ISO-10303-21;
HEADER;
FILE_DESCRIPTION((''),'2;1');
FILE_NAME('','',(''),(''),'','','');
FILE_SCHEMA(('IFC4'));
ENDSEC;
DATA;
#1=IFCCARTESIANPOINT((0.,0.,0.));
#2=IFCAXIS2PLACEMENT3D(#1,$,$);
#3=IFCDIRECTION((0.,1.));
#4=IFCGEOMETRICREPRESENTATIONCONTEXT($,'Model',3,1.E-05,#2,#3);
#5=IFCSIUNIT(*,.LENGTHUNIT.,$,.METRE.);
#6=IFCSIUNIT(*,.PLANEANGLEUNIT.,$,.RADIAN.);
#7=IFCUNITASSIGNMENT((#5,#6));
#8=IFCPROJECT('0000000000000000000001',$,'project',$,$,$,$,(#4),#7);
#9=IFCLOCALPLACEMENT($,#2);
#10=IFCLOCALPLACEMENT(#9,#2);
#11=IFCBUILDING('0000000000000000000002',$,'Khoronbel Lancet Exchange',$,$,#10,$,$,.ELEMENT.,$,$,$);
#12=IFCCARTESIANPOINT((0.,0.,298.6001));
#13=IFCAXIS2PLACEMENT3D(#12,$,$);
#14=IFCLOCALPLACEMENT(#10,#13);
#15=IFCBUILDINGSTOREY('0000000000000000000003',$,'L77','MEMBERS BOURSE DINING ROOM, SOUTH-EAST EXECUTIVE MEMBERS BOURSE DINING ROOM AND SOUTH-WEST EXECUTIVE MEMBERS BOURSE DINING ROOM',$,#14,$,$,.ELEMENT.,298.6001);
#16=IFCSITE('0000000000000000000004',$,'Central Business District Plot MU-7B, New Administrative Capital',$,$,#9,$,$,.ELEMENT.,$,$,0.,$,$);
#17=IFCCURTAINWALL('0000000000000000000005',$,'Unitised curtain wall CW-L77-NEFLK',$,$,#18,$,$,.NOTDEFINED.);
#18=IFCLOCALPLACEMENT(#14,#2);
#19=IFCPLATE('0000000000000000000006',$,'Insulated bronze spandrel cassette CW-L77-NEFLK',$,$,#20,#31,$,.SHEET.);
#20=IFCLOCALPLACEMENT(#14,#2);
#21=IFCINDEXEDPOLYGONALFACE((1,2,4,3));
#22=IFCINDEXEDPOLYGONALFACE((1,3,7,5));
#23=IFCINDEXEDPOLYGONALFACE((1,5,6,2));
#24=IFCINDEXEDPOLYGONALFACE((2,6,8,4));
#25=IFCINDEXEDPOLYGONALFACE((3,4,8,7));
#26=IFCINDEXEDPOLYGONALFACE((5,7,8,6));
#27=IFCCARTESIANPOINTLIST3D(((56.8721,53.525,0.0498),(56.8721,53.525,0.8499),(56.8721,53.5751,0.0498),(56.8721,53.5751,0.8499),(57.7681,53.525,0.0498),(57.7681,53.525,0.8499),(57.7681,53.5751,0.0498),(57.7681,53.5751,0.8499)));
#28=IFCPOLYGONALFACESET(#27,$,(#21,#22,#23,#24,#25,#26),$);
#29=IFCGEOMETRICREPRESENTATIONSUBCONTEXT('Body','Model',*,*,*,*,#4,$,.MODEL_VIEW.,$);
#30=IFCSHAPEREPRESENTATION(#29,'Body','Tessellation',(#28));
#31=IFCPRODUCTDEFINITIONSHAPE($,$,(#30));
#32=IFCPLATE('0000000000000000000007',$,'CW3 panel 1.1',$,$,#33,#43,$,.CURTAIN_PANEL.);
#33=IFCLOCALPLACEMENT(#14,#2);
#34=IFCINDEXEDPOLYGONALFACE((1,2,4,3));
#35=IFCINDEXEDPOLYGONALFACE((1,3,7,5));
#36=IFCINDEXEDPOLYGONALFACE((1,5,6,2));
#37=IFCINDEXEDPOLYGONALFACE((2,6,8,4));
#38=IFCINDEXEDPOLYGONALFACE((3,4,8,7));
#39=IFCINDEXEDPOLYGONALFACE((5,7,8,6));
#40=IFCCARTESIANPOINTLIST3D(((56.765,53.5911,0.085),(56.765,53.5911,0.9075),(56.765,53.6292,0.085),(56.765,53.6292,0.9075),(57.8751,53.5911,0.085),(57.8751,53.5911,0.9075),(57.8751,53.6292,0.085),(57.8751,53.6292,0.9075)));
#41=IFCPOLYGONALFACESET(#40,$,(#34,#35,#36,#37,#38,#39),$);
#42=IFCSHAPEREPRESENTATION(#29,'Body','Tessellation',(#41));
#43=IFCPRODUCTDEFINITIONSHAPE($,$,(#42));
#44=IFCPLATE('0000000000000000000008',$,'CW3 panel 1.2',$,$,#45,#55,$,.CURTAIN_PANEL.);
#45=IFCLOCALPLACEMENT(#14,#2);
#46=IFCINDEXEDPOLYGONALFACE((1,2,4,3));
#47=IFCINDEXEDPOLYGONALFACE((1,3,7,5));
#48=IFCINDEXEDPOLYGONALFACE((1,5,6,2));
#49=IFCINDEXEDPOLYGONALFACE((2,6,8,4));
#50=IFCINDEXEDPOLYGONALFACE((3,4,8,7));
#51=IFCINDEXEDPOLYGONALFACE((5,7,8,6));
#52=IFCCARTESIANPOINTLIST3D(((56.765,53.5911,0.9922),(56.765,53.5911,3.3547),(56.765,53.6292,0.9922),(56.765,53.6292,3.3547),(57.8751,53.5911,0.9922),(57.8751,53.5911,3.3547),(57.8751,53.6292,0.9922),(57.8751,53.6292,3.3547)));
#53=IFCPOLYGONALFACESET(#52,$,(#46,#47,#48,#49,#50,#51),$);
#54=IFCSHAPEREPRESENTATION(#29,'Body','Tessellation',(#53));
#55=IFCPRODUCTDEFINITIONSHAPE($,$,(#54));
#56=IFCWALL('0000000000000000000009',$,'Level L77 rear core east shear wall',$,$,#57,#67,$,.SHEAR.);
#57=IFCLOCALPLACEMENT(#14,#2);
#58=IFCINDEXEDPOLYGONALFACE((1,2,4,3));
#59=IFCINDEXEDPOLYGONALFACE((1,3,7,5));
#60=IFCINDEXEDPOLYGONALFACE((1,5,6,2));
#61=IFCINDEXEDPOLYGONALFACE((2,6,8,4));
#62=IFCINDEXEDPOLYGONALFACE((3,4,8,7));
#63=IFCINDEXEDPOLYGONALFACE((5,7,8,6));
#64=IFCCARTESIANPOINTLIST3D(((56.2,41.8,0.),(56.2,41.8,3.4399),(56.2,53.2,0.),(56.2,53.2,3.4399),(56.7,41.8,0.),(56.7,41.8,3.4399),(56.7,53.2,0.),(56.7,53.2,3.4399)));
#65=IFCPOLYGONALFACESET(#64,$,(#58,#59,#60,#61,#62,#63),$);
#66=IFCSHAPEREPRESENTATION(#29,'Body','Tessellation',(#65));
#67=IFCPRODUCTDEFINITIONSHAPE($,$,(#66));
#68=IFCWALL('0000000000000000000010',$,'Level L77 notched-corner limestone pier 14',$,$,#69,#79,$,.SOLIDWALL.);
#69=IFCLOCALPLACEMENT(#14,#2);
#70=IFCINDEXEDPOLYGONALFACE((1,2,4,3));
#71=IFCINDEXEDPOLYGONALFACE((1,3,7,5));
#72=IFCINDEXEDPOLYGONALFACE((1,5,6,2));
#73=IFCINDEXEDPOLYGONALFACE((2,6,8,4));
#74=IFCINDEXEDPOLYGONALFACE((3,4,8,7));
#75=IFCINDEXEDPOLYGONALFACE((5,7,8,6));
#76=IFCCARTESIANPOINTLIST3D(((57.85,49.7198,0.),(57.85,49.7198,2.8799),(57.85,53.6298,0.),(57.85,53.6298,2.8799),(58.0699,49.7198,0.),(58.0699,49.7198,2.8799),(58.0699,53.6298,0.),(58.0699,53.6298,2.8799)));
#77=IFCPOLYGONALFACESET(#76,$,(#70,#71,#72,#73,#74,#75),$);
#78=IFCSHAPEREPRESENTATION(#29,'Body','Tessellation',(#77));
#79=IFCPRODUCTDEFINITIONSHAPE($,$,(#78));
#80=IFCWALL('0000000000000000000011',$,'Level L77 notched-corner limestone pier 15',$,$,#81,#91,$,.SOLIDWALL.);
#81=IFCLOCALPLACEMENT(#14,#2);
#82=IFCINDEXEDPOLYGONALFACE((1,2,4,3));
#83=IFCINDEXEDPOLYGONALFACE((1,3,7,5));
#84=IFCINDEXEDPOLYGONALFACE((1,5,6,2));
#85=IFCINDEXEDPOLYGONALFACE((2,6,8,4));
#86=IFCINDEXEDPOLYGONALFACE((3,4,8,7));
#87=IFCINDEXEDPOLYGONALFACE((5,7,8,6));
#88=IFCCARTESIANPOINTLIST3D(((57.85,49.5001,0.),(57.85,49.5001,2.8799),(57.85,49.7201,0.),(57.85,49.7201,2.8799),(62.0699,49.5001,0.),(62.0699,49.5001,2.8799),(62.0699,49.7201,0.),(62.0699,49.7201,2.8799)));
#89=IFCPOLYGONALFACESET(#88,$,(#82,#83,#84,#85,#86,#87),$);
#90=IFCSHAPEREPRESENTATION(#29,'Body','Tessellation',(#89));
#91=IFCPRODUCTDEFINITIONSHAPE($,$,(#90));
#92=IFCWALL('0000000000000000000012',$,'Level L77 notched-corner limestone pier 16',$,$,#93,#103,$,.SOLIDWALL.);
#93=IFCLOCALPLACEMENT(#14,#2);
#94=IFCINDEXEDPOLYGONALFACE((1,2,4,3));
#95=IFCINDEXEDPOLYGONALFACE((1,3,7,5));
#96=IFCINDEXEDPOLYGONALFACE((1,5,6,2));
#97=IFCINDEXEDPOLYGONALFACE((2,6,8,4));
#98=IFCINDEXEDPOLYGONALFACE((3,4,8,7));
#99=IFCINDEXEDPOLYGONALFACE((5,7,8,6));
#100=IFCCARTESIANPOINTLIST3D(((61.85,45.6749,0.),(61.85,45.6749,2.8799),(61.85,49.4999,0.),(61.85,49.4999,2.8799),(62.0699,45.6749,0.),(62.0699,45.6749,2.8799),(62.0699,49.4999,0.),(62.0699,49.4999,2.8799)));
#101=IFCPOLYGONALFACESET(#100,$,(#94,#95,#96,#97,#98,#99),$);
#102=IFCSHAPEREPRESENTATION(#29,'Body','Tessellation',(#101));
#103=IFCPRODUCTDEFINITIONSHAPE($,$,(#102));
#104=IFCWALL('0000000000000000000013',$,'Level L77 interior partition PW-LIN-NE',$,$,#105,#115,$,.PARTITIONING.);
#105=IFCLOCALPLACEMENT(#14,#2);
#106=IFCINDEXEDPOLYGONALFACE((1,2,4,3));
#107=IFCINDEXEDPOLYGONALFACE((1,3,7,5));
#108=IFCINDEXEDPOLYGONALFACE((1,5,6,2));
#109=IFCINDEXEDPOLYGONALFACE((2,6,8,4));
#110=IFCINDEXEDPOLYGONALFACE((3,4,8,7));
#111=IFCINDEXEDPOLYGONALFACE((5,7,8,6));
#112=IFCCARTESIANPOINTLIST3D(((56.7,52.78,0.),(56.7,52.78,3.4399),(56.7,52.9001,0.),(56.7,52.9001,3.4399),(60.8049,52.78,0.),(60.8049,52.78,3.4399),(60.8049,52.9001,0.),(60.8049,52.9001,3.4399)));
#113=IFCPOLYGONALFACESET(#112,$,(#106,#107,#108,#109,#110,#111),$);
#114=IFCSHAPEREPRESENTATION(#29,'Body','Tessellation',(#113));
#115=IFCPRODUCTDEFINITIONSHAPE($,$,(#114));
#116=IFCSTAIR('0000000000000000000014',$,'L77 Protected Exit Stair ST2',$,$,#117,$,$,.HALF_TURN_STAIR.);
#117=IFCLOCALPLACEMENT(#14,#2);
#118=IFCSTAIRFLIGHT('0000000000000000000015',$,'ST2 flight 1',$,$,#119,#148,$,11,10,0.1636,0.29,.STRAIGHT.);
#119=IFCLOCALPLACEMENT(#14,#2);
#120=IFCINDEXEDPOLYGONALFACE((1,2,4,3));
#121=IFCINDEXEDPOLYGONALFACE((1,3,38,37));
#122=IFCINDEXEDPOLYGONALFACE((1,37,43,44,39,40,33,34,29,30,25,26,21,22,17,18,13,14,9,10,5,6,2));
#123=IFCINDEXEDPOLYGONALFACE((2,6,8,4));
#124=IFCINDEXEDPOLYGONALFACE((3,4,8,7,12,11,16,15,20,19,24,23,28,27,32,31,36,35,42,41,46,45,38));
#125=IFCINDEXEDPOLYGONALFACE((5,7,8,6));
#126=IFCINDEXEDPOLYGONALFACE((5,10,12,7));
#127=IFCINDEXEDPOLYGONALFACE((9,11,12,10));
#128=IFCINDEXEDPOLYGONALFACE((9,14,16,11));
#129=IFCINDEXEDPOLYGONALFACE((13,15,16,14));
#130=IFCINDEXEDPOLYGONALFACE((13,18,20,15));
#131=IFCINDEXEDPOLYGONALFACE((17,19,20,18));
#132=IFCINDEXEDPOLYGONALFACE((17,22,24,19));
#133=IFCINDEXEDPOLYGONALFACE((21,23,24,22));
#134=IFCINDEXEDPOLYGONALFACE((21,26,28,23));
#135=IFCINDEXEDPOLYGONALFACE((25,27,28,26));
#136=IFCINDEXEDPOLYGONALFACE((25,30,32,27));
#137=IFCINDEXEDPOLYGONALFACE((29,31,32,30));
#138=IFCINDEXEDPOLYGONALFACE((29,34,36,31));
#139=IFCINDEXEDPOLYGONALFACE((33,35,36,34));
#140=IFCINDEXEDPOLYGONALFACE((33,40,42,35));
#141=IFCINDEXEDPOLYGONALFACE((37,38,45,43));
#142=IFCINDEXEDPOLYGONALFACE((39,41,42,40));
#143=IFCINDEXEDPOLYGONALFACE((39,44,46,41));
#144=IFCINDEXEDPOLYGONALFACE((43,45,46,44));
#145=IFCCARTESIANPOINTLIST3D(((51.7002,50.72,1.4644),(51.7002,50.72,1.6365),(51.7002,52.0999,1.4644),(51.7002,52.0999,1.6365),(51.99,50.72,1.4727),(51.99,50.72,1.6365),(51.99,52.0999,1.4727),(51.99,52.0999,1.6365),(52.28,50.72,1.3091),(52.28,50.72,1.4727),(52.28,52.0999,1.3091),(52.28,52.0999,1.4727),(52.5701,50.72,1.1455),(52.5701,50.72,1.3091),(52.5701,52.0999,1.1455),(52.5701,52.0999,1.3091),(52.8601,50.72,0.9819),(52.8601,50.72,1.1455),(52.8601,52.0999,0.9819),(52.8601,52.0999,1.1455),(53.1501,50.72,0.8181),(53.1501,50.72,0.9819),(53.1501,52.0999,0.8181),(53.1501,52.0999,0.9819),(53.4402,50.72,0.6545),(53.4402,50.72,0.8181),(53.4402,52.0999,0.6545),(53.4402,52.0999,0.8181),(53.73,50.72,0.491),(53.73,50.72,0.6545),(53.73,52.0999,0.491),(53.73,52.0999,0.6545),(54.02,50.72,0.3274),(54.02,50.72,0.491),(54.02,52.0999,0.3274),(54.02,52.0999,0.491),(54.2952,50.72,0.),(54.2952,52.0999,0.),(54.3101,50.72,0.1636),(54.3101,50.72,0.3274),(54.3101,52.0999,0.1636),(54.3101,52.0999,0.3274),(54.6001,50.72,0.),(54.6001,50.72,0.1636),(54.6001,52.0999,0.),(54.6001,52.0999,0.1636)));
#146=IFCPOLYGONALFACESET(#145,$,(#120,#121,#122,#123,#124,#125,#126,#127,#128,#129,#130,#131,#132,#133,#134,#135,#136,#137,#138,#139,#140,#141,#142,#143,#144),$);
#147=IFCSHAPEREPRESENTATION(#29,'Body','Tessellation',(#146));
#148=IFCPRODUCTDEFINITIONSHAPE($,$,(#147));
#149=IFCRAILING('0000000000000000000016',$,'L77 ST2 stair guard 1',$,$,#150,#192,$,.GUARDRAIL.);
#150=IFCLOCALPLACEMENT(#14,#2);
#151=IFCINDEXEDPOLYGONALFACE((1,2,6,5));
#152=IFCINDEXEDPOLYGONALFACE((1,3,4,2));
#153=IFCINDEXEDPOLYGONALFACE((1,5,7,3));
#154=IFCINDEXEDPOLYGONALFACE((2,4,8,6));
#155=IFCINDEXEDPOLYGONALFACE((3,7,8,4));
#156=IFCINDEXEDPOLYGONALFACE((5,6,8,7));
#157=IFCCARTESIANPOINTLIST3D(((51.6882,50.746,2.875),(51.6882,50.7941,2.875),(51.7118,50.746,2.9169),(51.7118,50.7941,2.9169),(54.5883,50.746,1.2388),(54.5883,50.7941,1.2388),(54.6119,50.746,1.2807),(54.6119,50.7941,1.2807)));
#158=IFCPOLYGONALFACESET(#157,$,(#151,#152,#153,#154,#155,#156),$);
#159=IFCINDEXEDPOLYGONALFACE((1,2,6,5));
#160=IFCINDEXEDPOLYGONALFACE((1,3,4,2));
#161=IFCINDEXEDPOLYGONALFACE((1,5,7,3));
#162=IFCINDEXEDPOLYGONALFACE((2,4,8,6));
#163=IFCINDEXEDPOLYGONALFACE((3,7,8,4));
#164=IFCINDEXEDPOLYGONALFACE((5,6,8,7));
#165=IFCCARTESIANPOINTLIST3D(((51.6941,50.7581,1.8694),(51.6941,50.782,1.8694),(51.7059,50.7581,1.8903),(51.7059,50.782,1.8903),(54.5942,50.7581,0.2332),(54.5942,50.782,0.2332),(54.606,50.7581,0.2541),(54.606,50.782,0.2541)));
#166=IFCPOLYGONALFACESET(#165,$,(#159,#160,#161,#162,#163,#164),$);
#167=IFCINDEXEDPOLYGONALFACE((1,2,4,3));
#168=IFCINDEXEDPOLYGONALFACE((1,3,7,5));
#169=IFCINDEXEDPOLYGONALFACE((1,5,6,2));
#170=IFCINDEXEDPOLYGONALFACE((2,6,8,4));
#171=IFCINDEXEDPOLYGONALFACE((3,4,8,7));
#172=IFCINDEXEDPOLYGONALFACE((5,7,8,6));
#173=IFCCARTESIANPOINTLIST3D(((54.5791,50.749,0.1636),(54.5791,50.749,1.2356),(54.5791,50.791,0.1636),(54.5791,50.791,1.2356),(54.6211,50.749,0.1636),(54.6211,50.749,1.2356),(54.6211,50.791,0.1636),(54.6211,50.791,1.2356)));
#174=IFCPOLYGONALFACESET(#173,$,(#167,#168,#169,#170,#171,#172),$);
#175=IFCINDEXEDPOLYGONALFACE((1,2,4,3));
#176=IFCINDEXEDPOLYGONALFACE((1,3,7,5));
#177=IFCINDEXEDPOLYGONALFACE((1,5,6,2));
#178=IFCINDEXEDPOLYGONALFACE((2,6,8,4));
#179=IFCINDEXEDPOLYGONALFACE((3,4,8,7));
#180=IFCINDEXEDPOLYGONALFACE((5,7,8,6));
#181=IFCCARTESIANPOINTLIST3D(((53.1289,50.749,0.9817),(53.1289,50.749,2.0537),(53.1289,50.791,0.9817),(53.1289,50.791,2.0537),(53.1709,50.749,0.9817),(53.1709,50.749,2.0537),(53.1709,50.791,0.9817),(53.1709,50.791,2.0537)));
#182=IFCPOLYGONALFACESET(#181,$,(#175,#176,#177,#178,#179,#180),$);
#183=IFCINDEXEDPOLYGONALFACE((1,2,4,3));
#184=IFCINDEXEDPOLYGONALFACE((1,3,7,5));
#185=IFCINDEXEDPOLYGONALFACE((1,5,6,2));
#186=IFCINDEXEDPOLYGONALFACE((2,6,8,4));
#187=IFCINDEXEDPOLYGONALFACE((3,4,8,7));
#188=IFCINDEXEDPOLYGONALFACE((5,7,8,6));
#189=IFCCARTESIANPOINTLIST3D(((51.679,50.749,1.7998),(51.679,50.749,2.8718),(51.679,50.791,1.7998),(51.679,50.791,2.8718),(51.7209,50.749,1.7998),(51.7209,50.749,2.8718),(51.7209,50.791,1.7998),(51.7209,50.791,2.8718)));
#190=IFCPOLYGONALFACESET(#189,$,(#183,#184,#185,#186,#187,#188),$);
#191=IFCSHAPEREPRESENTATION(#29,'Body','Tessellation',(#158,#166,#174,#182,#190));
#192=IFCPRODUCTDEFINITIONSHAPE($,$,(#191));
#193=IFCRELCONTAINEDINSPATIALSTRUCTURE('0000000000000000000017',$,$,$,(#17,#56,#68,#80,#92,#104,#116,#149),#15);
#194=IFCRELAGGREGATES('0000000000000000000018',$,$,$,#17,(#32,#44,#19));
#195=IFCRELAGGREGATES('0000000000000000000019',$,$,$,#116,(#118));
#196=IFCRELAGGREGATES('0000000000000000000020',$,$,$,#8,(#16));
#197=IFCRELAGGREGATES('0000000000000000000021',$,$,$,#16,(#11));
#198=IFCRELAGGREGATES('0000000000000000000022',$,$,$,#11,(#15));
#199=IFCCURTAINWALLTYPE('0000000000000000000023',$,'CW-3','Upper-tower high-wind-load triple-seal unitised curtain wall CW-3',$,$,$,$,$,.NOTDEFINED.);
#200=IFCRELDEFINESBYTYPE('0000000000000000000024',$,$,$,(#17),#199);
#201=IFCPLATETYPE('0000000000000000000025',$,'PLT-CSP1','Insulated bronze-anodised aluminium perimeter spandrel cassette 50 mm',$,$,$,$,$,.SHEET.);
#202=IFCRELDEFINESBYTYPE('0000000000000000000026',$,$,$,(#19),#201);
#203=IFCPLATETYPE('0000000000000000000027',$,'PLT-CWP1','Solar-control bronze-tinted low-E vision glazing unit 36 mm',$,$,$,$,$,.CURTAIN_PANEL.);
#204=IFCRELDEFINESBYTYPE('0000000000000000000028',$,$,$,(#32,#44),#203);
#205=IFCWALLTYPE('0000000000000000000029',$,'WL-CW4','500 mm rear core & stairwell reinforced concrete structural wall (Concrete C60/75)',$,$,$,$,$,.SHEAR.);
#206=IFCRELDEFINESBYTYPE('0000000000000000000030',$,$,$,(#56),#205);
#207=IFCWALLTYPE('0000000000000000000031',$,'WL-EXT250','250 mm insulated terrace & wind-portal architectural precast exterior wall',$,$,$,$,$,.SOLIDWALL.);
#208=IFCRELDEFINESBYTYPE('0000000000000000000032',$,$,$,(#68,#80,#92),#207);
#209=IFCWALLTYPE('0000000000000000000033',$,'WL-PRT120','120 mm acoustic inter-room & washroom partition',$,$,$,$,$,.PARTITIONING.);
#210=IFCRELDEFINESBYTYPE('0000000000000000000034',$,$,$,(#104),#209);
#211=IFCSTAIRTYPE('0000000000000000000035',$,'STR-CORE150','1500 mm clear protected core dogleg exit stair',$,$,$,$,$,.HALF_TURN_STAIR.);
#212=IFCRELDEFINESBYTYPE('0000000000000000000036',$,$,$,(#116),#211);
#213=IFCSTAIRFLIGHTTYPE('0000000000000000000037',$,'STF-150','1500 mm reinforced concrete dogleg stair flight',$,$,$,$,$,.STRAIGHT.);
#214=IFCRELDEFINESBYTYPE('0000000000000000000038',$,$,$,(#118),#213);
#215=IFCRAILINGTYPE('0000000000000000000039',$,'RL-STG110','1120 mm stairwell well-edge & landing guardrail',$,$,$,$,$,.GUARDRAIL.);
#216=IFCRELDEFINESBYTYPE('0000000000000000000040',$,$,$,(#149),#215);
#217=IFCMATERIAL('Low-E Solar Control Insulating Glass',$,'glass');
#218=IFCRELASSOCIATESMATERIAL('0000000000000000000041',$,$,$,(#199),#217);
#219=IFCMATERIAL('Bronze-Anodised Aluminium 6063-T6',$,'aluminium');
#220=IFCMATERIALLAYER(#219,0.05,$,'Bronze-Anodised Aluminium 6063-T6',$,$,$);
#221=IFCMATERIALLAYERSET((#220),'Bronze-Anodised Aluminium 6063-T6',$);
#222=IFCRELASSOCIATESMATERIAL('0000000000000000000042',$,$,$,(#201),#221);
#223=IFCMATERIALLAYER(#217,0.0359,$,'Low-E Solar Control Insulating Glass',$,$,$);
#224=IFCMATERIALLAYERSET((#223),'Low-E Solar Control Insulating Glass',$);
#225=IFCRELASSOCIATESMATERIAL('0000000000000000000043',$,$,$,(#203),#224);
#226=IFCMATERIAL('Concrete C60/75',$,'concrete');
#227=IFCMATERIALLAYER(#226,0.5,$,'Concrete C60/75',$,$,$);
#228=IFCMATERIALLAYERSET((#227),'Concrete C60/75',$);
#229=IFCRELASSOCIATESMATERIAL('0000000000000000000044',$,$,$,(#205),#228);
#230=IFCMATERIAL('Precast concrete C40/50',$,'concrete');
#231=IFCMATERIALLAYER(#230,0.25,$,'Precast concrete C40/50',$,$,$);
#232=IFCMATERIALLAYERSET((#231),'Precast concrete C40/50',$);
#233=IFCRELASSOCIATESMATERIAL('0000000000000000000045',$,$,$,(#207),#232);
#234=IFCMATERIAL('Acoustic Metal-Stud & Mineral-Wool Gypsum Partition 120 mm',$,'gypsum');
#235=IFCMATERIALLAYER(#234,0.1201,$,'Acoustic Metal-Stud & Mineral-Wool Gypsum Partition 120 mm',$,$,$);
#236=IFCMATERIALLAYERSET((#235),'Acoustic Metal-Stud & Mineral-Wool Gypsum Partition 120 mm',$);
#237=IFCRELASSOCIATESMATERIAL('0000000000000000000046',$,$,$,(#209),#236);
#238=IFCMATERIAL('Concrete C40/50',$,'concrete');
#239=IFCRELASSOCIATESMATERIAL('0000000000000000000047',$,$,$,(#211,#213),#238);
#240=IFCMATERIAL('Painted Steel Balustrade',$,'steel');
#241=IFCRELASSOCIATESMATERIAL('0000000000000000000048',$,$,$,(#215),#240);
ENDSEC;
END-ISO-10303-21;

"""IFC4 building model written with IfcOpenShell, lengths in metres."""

from ifc_helpers import new_model, si_unit, direction, frame, frame_2d, origin, origin_2d, place, context, subcontext, project, spatial, polyline, rectangle, outline, extrude, material, layer, layer_set, type_object, element, aggregate, save


model = new_model("IFC4")

# Units and contexts
model_context = context("Model", 3, precision=1e-05, world=origin(), true_north=direction((0.0, 1.0)))
body_context = subcontext(model_context, "Body", "Model", "MODEL_VIEW")
ifc_project = project(units=[si_unit("LENGTHUNIT", "METRE"), si_unit("PLANEANGLEUNIT", "RADIAN")], contexts=[model_context])

# Site, building, storey
site_placement = place(None, origin())
site = spatial("IfcSite", under=ifc_project, at=site_placement, Name="Central Business District Plot MU-7B, New Administrative Capital", CompositionType="ELEMENT", RefElevation=0.0)
building_placement = place(site_placement, origin())
building = spatial("IfcBuilding", under=site, at=building_placement, Name="Khoronbel Lancet Exchange", CompositionType="ELEMENT")
storey_placement = place(building_placement, frame((0.0, 0.0, 298.6001)))
storey = spatial("IfcBuildingStorey", under=building, at=storey_placement, Name="L77", Description="MEMBERS BOURSE DINING ROOM, SOUTH-EAST EXECUTIVE MEMBERS BOURSE DINING ROOM AND SOUTH-WEST EXECUTIVE MEMBERS BOURSE DINING ROOM", CompositionType="ELEMENT", Elevation=298.6001)

# Curtain wall, plates
ifc_material_1 = material(Name="Low-E Solar Control Insulating Glass", Category="glass")
curtain_wall_type = type_object("IfcCurtainWallType", Name="CW-3", Description="Upper-tower high-wind-load triple-seal unitised curtain wall CW-3", PredefinedType="NOTDEFINED", material=ifc_material_1)
curtain_wall_placement = place(storey_placement, origin())
curtain_wall = element("IfcCurtainWall", 1, at=curtain_wall_placement, inside=storey, type_object=curtain_wall_type, Name="Unitised curtain wall CW-L77-NEFLK", PredefinedType="NOTDEFINED")
ifc_material_2 = material(Name="Bronze-Anodised Aluminium 6063-T6", Category="aluminium")
ifc_layer_1 = layer(ifc_material_2, 0.05, Name="Bronze-Anodised Aluminium 6063-T6")
ifc_layer_set_1 = layer_set([ifc_layer_1], Name="Bronze-Anodised Aluminium 6063-T6")
plate_type_1 = type_object("IfcPlateType", Name="PLT-CSP1", Description="Insulated bronze-anodised aluminium perimeter spandrel cassette 50 mm", PredefinedType="SHEET", material=ifc_layer_set_1)
plate_1_placement = place(storey_placement, frame((57.3201, 53.55, 0.0498), z_axis=(0.0, 0.0, 1.0), x_axis=(-1.0, 0.0, 0.0)))
plate_1 = element("IfcPlate", 2, at=plate_1_placement, type_object=plate_type_1, Name="Insulated bronze spandrel cassette CW-L77-NEFLK", PredefinedType="SHEET", context=body_context, shape_type="SweptSolid", body=[
    extrude(rectangle(XDim=0.896, YDim=0.05, at=origin_2d()), origin(), (0.0, 0.0, 1.0), 0.8),
])
ifc_layer_2 = layer(ifc_material_1, 0.0359, Name="Low-E Solar Control Insulating Glass")
ifc_layer_set_2 = layer_set([ifc_layer_2], Name="Low-E Solar Control Insulating Glass")
plate_type_2 = type_object("IfcPlateType", Name="PLT-CWP1", Description="Solar-control bronze-tinted low-E vision glazing unit 36 mm", PredefinedType="CURTAIN_PANEL", material=ifc_layer_set_2)
plate_2_placement = place(storey_placement, frame((57.3201, 53.6101, 0.085), z_axis=(0.0, 0.0, 1.0), x_axis=(-1.0, 0.0, 0.0)))
plate_2 = element("IfcPlate", 3, at=plate_2_placement, type_object=plate_type_2, Name="CW3 panel 1.1", PredefinedType="CURTAIN_PANEL", context=body_context, shape_type="SweptSolid", body=[
    extrude(rectangle(XDim=1.1101, YDim=0.0381, at=origin_2d()), origin(), (0.0, 0.0, 1.0), 0.8225),
])
plate_3_placement = place(storey_placement, frame((57.3201, 53.6101, 0.9922), z_axis=(0.0, 0.0, 1.0), x_axis=(-1.0, 0.0, 0.0)))
plate_3 = element("IfcPlate", 4, at=plate_3_placement, type_object=plate_type_2, Name="CW3 panel 1.2", PredefinedType="CURTAIN_PANEL", context=body_context, shape_type="SweptSolid", body=[
    extrude(rectangle(XDim=1.1101, YDim=0.0381, at=origin_2d()), origin(), (0.0, 0.0, 1.0), 2.3625),
])
aggregate(curtain_wall, [plate_2, plate_3, plate_1])

# Walls
ifc_material_3 = material(Name="Concrete C60/75", Category="concrete")
ifc_layer_3 = layer(ifc_material_3, 0.5, Name="Concrete C60/75")
ifc_layer_set_3 = layer_set([ifc_layer_3], Name="Concrete C60/75")
wall_type_1 = type_object("IfcWallType", Name="WL-CW4", Description="500 mm rear core & stairwell reinforced concrete structural wall (Concrete C60/75)", PredefinedType="SHEAR", material=ifc_layer_set_3)
wall_1_placement = place(storey_placement, frame((56.45, 53.2, 0.0), z_axis=(0.0, 0.0, 1.0), x_axis=(0.0, -1.0, 0.0)))
element("IfcWall", 5, at=wall_1_placement, inside=storey, type_object=wall_type_1, Name="Level L77 rear core east shear wall", PredefinedType="SHEAR", context=body_context, shape_type="SweptSolid", body=[
    extrude(rectangle(XDim=11.3999, YDim=0.5, at=frame_2d((5.7, 0.0))), origin(), (0.0, 0.0, 1.0), 3.4399),
])
ifc_material_4 = material(Name="Precast concrete C40/50", Category="concrete")
ifc_layer_4 = layer(ifc_material_4, 0.25, Name="Precast concrete C40/50")
ifc_layer_set_4 = layer_set([ifc_layer_4], Name="Precast concrete C40/50")
wall_type_2 = type_object("IfcWallType", Name="WL-EXT250", Description="250 mm insulated terrace & wind-portal architectural precast exterior wall", PredefinedType="SOLIDWALL", material=ifc_layer_set_4)
wall_2_placement = place(storey_placement, frame((57.96, 53.6299, 0.0), z_axis=(0.0, 0.0, 1.0), x_axis=(0.0, -1.0, 0.0)))
element("IfcWall", 6, at=wall_2_placement, inside=storey, type_object=wall_type_2, Name="Level L77 notched-corner limestone pier 14", PredefinedType="SOLIDWALL", context=body_context, shape_type="SweptSolid", body=[
    extrude(rectangle(XDim=3.9099, YDim=0.22, at=frame_2d((1.9551, 0.0))), origin(), (0.0, 0.0, 1.0), 2.8799),
])
wall_3_placement = place(storey_placement, frame((57.8501, 49.6101, 0.0), z_axis=(0.0, 0.0, 1.0), x_axis=(1.0, 0.0, 0.0)))
element("IfcWall", 7, at=wall_3_placement, inside=storey, type_object=wall_type_2, Name="Level L77 notched-corner limestone pier 15", PredefinedType="SOLIDWALL", context=body_context, shape_type="SweptSolid", body=[
    extrude(rectangle(XDim=4.22, YDim=0.22, at=frame_2d((2.1099, 0.0))), origin(), (0.0, 0.0, 1.0), 2.8799),
])
wall_4_placement = place(storey_placement, frame((61.96, 49.5, 0.0), z_axis=(0.0, 0.0, 1.0), x_axis=(0.0, -1.0, 0.0)))
element("IfcWall", 8, at=wall_4_placement, inside=storey, type_object=wall_type_2, Name="Level L77 notched-corner limestone pier 16", PredefinedType="SOLIDWALL", context=body_context, shape_type="SweptSolid", body=[
    extrude(rectangle(XDim=3.825, YDim=0.22, at=frame_2d((1.9126, 0.0))), origin(), (0.0, 0.0, 1.0), 2.8799),
])
ifc_material_5 = material(Name="Acoustic Metal-Stud & Mineral-Wool Gypsum Partition 120 mm", Category="gypsum")
ifc_layer_5 = layer(ifc_material_5, 0.1201, Name="Acoustic Metal-Stud & Mineral-Wool Gypsum Partition 120 mm")
ifc_layer_set_5 = layer_set([ifc_layer_5], Name="Acoustic Metal-Stud & Mineral-Wool Gypsum Partition 120 mm")
wall_type_3 = type_object("IfcWallType", Name="WL-PRT120", Description="120 mm acoustic inter-room & washroom partition", PredefinedType="PARTITIONING", material=ifc_layer_set_5)
wall_5_placement = place(storey_placement, frame((56.7, 52.8401, 0.0), z_axis=(0.0, 0.0, 1.0), x_axis=(1.0, 0.0, 0.0)))
element("IfcWall", 9, at=wall_5_placement, inside=storey, type_object=wall_type_3, Name="Level L77 interior partition PW-LIN-NE", PredefinedType="PARTITIONING", context=body_context, shape_type="SweptSolid", body=[
    extrude(rectangle(XDim=4.105, YDim=0.1201, at=frame_2d((2.0525, 0.0))), origin(), (0.0, 0.0, 1.0), 3.4399),
])

# Stair, stair flight
ifc_material_6 = material(Name="Concrete C40/50", Category="concrete")
stair_type = type_object("IfcStairType", Name="STR-CORE150", Description="1500 mm clear protected core dogleg exit stair", PredefinedType="HALF_TURN_STAIR", material=ifc_material_6)
stair_placement = place(storey_placement, origin())
stair = element("IfcStair", 10, at=stair_placement, inside=storey, type_object=stair_type, Name="L77 Protected Exit Stair ST2", PredefinedType="HALF_TURN_STAIR")
stair_flight_type = type_object("IfcStairFlightType", Name="STF-150", Description="1500 mm reinforced concrete dogleg stair flight", PredefinedType="STRAIGHT", material=ifc_material_6)
stair_flight_placement = place(storey_placement, frame((54.6001, 51.4099, 0.0), z_axis=(0.0, 0.0, 1.0), x_axis=(-1.0, 0.0, 0.0)))
stair_flight = element("IfcStairFlight", 11, at=stair_flight_placement, type_object=stair_flight_type, Name="ST2 flight 1", NumberOfRisers=11, NumberOfTreads=10, PredefinedType="STRAIGHT", RiserHeight=0.1636, TreadLength=0.29, context=body_context, shape_type="SweptSolid", body=[
    extrude(outline(polyline([(0.0, 0.0), (0.0, 0.1636), (0.29, 0.1636), (0.29, 0.3274), (0.5801, 0.3274), (0.5801, 0.491), (0.8701, 0.491), (0.8701, 0.6545), (1.1599, 0.6545), (1.1599, 0.8181), (1.45, 0.8181), (1.45, 0.9819), (1.74, 0.9819), (1.74, 1.1455), (2.03, 1.1455), (2.03, 1.3091), (2.3201, 1.3091), (2.3201, 1.4727), (2.6101, 1.4727), (2.6101, 1.6365), (2.8999, 1.6365), (2.8999, 1.8), (2.8999, 1.4644), (0.3049, 0.0), (0.0, 0.0)])), frame((0.0, 0.6899, 0.0), z_axis=(0.0, -1.0, 0.0), x_axis=(1.0, 0.0, 0.0)), (0.0, 0.0, 1.0), 1.3799),
])
aggregate(stair, [stair_flight])

# Railing
ifc_material_7 = material(Name="Painted Steel Balustrade", Category="steel")
railing_type_1 = type_object("IfcRailingType", Name="RL-STG110", Description="1120 mm stairwell well-edge & landing guardrail", PredefinedType="GUARDRAIL", material=ifc_material_7)
railing_1_placement = place(storey_placement, frame((54.6001, 50.77, 0.1636)))
element("IfcRailing", 12, at=railing_1_placement, inside=storey, type_object=railing_type_1, Name="L77 ST2 stair guard 1", PredefinedType="GUARDRAIL", context=body_context, shape_type="SweptSolid", body=[
    extrude(rectangle(XDim=0.0481, YDim=0.0481, at=origin_2d()), frame((0.0, 0.0, 1.0962), z_axis=(-0.870946, 0.0, 0.491378), x_axis=(0.0, -1.0, 0.0)), (0.0, 0.0, 1.0), 3.3298),
    extrude(rectangle(XDim=0.0239, YDim=0.0239, at=origin_2d()), frame((0.0, 0.0, 0.0801), z_axis=(-0.870946, 0.0, 0.491378), x_axis=(0.0, -1.0, 0.0)), (0.0, 0.0, 1.0), 3.3298),
    extrude(rectangle(XDim=0.042, YDim=0.042, at=origin_2d()), origin(), (0.0, 0.0, 1.0), 1.072),
    extrude(rectangle(XDim=0.042, YDim=0.042, at=origin_2d()), frame((-1.4502, 0.0, 0.8181)), (0.0, 0.0, 1.0), 1.072),
    extrude(rectangle(XDim=0.042, YDim=0.042, at=origin_2d()), frame((-2.9001, 0.0, 1.6362)), (0.0, 0.0, 1.0), 1.072),
])

save(model, "model.ifc")
